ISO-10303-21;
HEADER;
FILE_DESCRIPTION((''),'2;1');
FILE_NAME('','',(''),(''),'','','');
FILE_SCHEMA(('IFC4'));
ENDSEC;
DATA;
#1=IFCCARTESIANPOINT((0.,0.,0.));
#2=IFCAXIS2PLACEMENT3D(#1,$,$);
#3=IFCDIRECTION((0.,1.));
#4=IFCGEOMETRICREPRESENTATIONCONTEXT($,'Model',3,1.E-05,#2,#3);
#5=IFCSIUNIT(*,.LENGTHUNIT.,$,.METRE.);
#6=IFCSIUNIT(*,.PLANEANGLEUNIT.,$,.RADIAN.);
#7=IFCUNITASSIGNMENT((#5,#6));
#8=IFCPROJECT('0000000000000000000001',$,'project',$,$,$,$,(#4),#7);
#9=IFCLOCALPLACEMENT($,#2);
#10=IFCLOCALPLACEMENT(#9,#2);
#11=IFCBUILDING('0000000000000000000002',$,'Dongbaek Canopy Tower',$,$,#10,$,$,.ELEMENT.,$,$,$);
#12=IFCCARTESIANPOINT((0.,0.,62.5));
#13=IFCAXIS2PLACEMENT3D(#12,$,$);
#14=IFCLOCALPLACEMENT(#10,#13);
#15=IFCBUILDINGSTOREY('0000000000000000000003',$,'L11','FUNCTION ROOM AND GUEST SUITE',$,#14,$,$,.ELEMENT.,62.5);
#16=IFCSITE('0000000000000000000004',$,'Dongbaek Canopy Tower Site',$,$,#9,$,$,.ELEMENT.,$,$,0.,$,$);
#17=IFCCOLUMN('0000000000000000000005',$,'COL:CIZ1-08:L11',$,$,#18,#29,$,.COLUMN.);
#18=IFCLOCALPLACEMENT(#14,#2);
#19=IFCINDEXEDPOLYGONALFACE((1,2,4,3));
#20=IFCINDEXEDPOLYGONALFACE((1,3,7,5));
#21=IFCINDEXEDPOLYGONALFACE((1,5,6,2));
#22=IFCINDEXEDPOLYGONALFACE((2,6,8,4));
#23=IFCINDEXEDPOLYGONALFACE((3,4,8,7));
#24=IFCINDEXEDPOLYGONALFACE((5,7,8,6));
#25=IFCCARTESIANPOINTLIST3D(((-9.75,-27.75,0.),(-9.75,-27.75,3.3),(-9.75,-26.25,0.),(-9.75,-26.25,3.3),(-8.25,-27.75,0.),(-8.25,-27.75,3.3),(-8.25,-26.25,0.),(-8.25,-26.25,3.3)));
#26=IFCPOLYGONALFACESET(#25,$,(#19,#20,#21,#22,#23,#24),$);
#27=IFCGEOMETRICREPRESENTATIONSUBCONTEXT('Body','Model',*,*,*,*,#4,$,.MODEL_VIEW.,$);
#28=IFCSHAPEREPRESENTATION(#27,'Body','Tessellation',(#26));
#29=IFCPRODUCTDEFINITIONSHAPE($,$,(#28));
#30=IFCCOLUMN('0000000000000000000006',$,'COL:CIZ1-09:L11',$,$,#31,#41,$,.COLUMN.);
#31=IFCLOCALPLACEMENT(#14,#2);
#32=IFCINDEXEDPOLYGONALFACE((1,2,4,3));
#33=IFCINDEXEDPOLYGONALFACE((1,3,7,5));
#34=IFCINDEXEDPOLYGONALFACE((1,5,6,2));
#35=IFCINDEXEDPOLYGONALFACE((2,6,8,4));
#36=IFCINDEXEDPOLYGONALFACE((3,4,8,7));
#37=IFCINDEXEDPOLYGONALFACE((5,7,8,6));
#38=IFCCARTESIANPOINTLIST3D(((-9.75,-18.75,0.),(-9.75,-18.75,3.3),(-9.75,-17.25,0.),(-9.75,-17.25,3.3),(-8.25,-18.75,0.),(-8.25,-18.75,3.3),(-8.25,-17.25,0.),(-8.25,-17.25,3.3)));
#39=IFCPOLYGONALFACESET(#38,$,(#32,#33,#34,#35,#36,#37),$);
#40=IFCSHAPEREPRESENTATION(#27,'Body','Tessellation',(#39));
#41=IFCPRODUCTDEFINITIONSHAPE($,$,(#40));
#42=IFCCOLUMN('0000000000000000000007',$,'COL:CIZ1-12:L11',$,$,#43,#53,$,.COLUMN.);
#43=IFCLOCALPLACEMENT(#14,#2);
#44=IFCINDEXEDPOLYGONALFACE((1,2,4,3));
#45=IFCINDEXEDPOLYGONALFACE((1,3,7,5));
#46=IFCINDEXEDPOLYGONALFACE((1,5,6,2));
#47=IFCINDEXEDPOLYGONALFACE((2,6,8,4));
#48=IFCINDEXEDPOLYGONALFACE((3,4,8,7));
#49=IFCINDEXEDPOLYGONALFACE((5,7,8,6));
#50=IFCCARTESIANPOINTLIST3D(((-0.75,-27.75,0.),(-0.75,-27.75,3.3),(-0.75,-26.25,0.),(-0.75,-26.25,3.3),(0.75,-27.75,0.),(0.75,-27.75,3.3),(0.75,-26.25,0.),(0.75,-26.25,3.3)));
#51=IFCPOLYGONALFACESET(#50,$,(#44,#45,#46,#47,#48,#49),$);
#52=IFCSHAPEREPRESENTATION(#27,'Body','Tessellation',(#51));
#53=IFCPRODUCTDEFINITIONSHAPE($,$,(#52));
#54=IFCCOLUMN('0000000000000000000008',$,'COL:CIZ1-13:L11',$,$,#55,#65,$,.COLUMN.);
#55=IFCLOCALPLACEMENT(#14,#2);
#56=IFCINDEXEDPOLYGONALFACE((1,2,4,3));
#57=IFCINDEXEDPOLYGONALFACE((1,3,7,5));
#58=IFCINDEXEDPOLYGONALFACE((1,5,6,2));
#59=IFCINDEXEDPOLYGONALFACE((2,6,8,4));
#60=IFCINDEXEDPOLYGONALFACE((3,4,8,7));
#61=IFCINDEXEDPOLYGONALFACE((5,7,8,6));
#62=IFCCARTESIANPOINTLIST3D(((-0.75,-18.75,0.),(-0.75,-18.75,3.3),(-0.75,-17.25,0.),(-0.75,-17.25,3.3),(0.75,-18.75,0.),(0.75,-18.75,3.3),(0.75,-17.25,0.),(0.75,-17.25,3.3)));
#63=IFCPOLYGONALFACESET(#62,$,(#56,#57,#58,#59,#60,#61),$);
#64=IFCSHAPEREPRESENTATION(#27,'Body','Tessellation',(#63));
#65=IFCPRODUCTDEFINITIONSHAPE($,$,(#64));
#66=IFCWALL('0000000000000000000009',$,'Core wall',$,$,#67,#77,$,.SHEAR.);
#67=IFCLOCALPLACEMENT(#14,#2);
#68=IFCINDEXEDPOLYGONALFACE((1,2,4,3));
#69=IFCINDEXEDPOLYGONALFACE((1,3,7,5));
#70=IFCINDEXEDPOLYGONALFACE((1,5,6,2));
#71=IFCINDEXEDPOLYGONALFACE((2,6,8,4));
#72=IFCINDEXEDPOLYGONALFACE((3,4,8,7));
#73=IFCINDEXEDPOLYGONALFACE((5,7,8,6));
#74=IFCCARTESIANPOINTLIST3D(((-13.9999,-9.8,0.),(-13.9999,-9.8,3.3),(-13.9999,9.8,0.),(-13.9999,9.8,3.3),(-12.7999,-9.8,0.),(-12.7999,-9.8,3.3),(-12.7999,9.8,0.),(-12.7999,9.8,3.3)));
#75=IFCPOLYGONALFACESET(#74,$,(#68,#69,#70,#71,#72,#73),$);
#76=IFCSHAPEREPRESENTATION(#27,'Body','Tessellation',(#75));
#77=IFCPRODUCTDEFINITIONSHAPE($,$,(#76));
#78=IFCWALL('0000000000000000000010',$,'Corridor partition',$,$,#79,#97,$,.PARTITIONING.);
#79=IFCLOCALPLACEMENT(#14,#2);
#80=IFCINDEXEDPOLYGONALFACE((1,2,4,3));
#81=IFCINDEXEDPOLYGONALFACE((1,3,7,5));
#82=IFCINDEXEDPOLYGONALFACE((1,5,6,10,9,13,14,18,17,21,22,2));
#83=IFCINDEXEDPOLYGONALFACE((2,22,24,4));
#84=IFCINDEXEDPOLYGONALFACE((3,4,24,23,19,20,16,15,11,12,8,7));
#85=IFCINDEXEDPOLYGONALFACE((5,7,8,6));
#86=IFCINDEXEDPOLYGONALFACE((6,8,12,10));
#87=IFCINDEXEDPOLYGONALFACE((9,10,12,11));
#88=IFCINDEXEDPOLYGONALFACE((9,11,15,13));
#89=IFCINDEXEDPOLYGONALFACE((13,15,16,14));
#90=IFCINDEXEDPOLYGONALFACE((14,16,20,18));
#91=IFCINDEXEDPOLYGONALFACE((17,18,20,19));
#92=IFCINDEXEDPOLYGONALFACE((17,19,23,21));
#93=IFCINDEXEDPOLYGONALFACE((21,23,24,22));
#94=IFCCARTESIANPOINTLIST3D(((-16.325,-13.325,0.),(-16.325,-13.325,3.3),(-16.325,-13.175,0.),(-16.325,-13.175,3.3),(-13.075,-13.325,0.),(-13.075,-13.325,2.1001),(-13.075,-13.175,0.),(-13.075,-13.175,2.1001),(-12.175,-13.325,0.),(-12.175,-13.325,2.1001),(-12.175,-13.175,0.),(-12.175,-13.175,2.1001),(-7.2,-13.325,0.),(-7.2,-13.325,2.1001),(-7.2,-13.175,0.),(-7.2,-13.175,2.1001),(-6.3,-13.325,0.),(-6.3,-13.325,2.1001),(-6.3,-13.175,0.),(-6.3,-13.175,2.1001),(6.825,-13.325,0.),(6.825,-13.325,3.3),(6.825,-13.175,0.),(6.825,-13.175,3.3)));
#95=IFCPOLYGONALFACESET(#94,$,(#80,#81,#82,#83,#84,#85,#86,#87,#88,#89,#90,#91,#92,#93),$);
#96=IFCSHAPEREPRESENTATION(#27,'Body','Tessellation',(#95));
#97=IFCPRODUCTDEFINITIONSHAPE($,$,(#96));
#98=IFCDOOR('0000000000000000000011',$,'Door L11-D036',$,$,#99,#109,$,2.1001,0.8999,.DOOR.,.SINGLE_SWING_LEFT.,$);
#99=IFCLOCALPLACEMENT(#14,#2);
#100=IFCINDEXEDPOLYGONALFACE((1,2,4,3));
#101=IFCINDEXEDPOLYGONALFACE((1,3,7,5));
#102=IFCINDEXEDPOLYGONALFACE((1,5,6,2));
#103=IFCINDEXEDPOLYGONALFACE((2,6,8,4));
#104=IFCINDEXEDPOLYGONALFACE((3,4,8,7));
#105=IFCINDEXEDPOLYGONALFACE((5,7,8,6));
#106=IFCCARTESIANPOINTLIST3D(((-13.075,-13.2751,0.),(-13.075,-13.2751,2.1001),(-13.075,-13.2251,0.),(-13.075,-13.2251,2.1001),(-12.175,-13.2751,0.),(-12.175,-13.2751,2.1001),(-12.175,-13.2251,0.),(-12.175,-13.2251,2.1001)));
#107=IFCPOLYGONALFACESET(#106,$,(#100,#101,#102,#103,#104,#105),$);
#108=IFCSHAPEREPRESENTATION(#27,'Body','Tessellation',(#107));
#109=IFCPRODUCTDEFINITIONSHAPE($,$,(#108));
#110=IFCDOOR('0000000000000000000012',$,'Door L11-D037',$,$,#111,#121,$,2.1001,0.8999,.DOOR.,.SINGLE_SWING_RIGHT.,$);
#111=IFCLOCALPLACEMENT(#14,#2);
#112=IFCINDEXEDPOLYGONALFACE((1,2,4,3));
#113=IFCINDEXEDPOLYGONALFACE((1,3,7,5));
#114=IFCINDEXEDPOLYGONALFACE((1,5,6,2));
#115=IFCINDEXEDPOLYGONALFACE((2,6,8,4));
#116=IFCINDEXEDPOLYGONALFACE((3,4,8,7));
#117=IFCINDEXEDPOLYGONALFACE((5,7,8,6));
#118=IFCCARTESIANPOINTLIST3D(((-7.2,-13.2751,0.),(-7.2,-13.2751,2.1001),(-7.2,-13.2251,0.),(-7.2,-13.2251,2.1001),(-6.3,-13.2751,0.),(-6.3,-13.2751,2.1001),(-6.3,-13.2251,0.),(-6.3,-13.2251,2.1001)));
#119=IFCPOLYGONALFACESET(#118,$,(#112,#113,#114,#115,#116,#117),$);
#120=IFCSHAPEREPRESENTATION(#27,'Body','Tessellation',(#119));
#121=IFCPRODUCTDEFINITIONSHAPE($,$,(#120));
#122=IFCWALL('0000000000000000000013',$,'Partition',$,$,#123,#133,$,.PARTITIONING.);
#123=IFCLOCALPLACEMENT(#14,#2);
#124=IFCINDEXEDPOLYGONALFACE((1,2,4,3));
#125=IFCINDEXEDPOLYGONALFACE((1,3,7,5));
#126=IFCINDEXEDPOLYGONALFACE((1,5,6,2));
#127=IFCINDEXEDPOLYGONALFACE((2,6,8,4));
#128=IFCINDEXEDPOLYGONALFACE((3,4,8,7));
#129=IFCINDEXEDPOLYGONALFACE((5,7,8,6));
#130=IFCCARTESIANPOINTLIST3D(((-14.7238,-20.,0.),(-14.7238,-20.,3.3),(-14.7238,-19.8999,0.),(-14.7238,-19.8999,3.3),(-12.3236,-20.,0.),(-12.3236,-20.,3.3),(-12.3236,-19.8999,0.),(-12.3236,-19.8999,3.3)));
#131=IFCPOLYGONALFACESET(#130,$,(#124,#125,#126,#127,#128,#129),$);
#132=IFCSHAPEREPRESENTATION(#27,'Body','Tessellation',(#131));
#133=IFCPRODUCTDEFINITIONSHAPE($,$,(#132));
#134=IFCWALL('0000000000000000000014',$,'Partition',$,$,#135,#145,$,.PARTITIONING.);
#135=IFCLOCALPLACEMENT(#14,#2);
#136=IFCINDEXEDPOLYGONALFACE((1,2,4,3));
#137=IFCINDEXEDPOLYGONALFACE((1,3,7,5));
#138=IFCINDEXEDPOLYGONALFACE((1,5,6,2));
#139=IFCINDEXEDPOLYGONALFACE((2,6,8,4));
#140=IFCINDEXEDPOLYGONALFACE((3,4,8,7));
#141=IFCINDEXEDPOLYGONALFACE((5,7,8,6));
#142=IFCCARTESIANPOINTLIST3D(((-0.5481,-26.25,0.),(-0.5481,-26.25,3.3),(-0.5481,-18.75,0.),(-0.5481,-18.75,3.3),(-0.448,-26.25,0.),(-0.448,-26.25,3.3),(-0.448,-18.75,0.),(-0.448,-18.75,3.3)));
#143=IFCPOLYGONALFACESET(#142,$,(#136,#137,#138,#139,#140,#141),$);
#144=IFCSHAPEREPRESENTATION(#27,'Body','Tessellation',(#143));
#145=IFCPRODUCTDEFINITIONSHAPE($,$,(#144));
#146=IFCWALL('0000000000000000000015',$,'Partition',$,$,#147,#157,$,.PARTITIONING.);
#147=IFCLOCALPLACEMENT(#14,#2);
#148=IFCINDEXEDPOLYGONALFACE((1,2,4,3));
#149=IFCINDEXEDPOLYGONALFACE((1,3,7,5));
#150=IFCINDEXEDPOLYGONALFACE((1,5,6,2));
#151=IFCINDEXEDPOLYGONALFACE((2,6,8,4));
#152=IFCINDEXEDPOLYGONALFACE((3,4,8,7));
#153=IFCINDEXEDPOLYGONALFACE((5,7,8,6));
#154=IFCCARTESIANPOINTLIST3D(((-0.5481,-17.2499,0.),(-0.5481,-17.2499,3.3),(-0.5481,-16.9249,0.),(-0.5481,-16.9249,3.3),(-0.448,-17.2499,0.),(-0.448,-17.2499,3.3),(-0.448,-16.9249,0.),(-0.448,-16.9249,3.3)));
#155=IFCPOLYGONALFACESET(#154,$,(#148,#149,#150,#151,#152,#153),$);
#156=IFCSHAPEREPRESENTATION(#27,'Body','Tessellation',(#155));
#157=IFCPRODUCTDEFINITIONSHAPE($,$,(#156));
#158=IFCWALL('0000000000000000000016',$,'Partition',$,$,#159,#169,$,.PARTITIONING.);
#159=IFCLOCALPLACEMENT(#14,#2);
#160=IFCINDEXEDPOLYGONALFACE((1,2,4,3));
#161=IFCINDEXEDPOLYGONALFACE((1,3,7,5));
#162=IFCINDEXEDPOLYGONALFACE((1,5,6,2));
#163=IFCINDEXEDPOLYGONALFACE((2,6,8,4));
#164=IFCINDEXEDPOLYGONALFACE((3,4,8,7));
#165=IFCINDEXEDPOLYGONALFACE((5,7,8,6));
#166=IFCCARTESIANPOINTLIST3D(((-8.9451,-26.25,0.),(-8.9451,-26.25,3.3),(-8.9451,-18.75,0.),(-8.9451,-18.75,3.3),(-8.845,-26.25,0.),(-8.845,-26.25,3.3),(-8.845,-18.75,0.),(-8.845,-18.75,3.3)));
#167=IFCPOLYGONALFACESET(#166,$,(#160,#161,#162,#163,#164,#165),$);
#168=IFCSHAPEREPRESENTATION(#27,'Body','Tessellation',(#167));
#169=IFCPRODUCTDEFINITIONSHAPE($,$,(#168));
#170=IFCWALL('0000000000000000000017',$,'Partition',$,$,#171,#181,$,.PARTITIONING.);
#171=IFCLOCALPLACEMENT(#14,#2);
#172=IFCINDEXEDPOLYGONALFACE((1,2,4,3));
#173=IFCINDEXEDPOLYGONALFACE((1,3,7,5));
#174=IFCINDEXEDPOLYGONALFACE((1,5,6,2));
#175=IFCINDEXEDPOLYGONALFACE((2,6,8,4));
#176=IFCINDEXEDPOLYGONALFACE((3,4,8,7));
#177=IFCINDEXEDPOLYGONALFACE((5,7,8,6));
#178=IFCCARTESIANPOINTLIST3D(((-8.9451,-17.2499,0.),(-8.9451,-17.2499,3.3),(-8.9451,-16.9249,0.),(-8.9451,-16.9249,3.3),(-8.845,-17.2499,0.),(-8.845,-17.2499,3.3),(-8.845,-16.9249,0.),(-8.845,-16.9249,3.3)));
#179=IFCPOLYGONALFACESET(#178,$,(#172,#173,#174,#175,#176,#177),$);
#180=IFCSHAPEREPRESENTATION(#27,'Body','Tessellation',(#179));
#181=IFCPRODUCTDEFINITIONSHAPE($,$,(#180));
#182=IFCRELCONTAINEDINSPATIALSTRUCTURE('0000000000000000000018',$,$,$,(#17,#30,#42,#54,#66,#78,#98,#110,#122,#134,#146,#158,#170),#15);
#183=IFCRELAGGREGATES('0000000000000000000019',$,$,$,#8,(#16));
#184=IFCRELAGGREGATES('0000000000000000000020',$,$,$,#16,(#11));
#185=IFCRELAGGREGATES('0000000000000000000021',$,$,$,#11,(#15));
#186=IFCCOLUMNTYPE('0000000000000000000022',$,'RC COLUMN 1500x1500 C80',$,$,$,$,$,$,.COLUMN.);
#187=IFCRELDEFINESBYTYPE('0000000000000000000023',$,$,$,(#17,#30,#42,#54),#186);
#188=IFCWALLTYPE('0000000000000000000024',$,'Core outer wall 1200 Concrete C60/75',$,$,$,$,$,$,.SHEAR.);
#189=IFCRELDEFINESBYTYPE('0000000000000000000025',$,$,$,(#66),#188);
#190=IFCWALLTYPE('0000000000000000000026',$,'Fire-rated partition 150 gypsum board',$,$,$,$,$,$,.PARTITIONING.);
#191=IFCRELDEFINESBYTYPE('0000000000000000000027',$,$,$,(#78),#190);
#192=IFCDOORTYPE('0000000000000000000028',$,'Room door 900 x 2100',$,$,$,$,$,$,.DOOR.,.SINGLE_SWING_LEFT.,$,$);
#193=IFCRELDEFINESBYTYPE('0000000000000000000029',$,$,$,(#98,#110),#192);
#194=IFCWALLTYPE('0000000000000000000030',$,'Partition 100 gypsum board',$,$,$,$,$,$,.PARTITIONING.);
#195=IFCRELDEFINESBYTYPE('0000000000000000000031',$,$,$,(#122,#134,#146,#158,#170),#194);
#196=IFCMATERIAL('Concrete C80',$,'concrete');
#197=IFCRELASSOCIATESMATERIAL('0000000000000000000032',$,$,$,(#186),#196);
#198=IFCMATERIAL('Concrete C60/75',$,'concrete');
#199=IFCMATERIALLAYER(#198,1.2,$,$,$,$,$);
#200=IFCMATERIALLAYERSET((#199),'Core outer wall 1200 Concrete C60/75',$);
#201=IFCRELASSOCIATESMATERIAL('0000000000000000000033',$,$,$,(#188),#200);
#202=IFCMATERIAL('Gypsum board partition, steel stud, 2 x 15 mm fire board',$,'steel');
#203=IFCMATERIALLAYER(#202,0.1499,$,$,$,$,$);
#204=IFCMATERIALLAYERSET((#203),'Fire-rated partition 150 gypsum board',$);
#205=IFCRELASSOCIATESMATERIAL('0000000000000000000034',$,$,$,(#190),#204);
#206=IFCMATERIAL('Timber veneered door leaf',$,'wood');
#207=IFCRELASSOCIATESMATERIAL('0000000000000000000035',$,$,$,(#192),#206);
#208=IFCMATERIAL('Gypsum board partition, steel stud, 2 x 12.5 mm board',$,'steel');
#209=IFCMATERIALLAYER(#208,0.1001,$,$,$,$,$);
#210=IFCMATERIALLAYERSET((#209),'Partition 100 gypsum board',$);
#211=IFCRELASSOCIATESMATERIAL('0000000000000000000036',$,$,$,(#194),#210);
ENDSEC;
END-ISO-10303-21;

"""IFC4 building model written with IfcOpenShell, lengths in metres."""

from ifc_helpers import new_model, si_unit, direction, frame, frame_2d, origin, origin_2d, place, context, subcontext, project, spatial, rectangle, extrude, material, layer, layer_set, material_profile, profile_set, type_object, element, fill, save


model = new_model("IFC4")

# Units and contexts
model_context = context("Model", 3, precision=1e-05, world=origin(), true_north=direction((0.0, 1.0)))
body_context = subcontext(model_context, "Body", "Model", "MODEL_VIEW")
ifc_project = project(units=[si_unit("LENGTHUNIT", "METRE"), si_unit("PLANEANGLEUNIT", "RADIAN")], contexts=[model_context])

# Site, building, storey
site_placement = place(None, origin())
site = spatial("IfcSite", under=ifc_project, at=site_placement, Name="Dongbaek Canopy Tower Site", CompositionType="ELEMENT", RefElevation=0.0)
building_placement = place(site_placement, origin())
building = spatial("IfcBuilding", under=site, at=building_placement, Name="Dongbaek Canopy Tower", CompositionType="ELEMENT")
storey_placement = place(building_placement, frame((0.0, 0.0, 62.5)))
storey = spatial("IfcBuildingStorey", under=building, at=storey_placement, Name="L11", Description="FUNCTION ROOM AND GUEST SUITE", CompositionType="ELEMENT", Elevation=62.5)

# Columns
ifc_material_1 = material(Name="Concrete C80", Category="concrete")
ifc_material_profile = material_profile(ifc_material_1, rectangle(XDim=1.5, YDim=1.5, at=origin_2d()), Name="RC COLUMN 1500x1500 C80")
ifc_profile_set = profile_set([ifc_material_profile], Name="Concrete C80")
column_type = type_object("IfcColumnType", Name="RC COLUMN 1500x1500 C80", PredefinedType="COLUMN", material=ifc_profile_set)
for number, where, z_axis, x_axis, name in (
    (1, (-9.0, -27.0, 0.0), (0.0, 0.0, 1.0), (1.0, 0.0, 0.0), "COL:CIZ1-08:L11"),
    (2, (-9.0, -18.0, 0.0), (0.0, 0.0, 1.0), (1.0, 0.0, 0.0), "COL:CIZ1-09:L11"),
    (3, (0.0, -27.0, 0.0), (0.0, 0.0, 1.0), (1.0, 0.0, 0.0), "COL:CIZ1-12:L11"),
    (4, (0.0, -18.0, 0.0), (0.0, 0.0, 1.0), (1.0, 0.0, 0.0), "COL:CIZ1-13:L11"),
):
    element("IfcColumn", number, at=place(storey_placement, frame(where, z_axis=z_axis, x_axis=x_axis)), inside=storey, type_object=column_type, Name=name, PredefinedType="COLUMN", context=body_context, shape_type="SweptSolid", body=[
        extrude(rectangle(XDim=1.5, YDim=1.5, at=origin_2d()), origin(), (0.0, 0.0, 1.0), 3.3),
    ])

# Wall
ifc_material_2 = material(Name="Concrete C60/75", Category="concrete")
ifc_layer_1 = layer(ifc_material_2, 1.2)
ifc_layer_set_1 = layer_set([ifc_layer_1], Name="Core outer wall 1200 Concrete C60/75")
wall_type_1 = type_object("IfcWallType", Name="Core outer wall 1200 Concrete C60/75", PredefinedType="SHEAR", material=ifc_layer_set_1)
wall_1_placement = place(storey_placement, frame((-13.3999, -9.8, 0.0), z_axis=(0.0, 0.0, 1.0), x_axis=(0.0, 1.0, 0.0)))
element("IfcWall", 5, at=wall_1_placement, inside=storey, type_object=wall_type_1, Name="Core wall", PredefinedType="SHEAR", context=body_context, shape_type="SweptSolid", body=[
    extrude(rectangle(XDim=19.6001, YDim=1.2, at=frame_2d((9.8, 0.0))), origin(), (0.0, 0.0, 1.0), 3.3),
])

# Wall, openings, doors
ifc_material_3 = material(Name="Gypsum board partition, steel stud, 2 x 15 mm fire board", Category="steel")
ifc_layer_2 = layer(ifc_material_3, 0.1499)
ifc_layer_set_2 = layer_set([ifc_layer_2], Name="Fire-rated partition 150 gypsum board")
wall_type_2 = type_object("IfcWallType", Name="Fire-rated partition 150 gypsum board", PredefinedType="PARTITIONING", material=ifc_layer_set_2)
wall_2_placement = place(storey_placement, frame((-16.325, -13.25, 0.0), z_axis=(0.0, 0.0, 1.0), x_axis=(1.0, 0.0, 0.0)))
wall_2 = element("IfcWall", 6, at=wall_2_placement, inside=storey, type_object=wall_type_2, Name="Corridor partition", PredefinedType="PARTITIONING", context=body_context, shape_type="SweptSolid", body=[
    extrude(rectangle(XDim=23.1499, YDim=0.1499, at=frame_2d((11.575, 0.0))), origin(), (0.0, 0.0, 1.0), 3.3),
])
opening_1_placement = place(wall_2_placement, frame((3.25, 0.0, 0.0)))
opening_1 = element("IfcOpeningElement", 7, at=opening_1_placement, cuts=wall_2, PredefinedType="OPENING", context=body_context, shape_type="SweptSolid", body=[
    extrude(rectangle(XDim=0.8999, YDim=2.1001, at=frame_2d((0.45, 1.05))), frame((0.0, 0.085, 0.0), z_axis=(0.0, -1.0, 0.0), x_axis=(1.0, 0.0, 0.0)), (0.0, 0.0, 1.0), 0.1699),
])
opening_2_placement = place(wall_2_placement, frame((9.125, 0.0, 0.0)))
opening_2 = element("IfcOpeningElement", 8, at=opening_2_placement, cuts=wall_2, PredefinedType="OPENING", context=body_context, shape_type="SweptSolid", body=[
    extrude(rectangle(XDim=0.8999, YDim=2.1001, at=frame_2d((0.45, 1.05))), frame((0.0, 0.085, 0.0), z_axis=(0.0, -1.0, 0.0), x_axis=(1.0, 0.0, 0.0)), (0.0, 0.0, 1.0), 0.1699),
])
ifc_material_4 = material(Name="Timber veneered door leaf", Category="wood")
door_type_1 = type_object("IfcDoorType", Name="Room door 900 x 2100", OperationType="SINGLE_SWING_LEFT", PredefinedType="DOOR", material=ifc_material_4)
door_1_placement = place(opening_1_placement, origin())
door_1 = element("IfcDoor", 9, at=door_1_placement, inside=storey, type_object=door_type_1, Name="Door L11-D036", OperationType="SINGLE_SWING_LEFT", OverallHeight=2.1001, OverallWidth=0.8999, PredefinedType="DOOR", context=body_context, shape_type="SweptSolid", body=[
    extrude(rectangle(XDim=0.8999, YDim=2.1001, at=frame_2d((0.45, 1.05))), frame((0.0, 0.0249, 0.0), z_axis=(0.0, -1.0, 0.0), x_axis=(1.0, 0.0, 0.0)), (0.0, 0.0, 1.0), 0.05),
])
fill(opening_1, door_1)
door_2_placement = place(opening_2_placement, origin())
door_2 = element("IfcDoor", 10, at=door_2_placement, inside=storey, type_object=door_type_1, Name="Door L11-D037", OperationType="SINGLE_SWING_RIGHT", OverallHeight=2.1001, OverallWidth=0.8999, PredefinedType="DOOR", context=body_context, shape_type="SweptSolid", body=[
    extrude(rectangle(XDim=0.8999, YDim=2.1001, at=frame_2d((0.45, 1.05))), frame((0.0, 0.0249, 0.0), z_axis=(0.0, -1.0, 0.0), x_axis=(1.0, 0.0, 0.0)), (0.0, 0.0, 1.0), 0.05),
])
fill(opening_2, door_2)

# Walls
ifc_material_5 = material(Name="Gypsum board partition, steel stud, 2 x 12.5 mm board", Category="steel")
ifc_layer_3 = layer(ifc_material_5, 0.1001)
ifc_layer_set_3 = layer_set([ifc_layer_3], Name="Partition 100 gypsum board")
wall_type_3 = type_object("IfcWallType", Name="Partition 100 gypsum board", PredefinedType="PARTITIONING", material=ifc_layer_set_3)
wall_3_placement = place(storey_placement, frame((-14.7239, -19.95, 0.0), z_axis=(0.0, 0.0, 1.0), x_axis=(1.0, 0.0, 0.0)))
element("IfcWall", 11, at=wall_3_placement, inside=storey, type_object=wall_type_3, Name="Partition", PredefinedType="PARTITIONING", context=body_context, shape_type="SweptSolid", body=[
    extrude(rectangle(XDim=2.4001, YDim=0.1001, at=frame_2d((1.2002, 0.0))), origin(), (0.0, 0.0, 1.0), 3.3),
])
wall_4_placement = place(storey_placement, frame((-0.498, -26.25, 0.0), z_axis=(0.0, 0.0, 1.0), x_axis=(0.0, 1.0, 0.0)))
element("IfcWall", 12, at=wall_4_placement, inside=storey, type_object=wall_type_3, Name="Partition", PredefinedType="PARTITIONING", context=body_context, shape_type="SweptSolid", body=[
    extrude(rectangle(XDim=7.5, YDim=0.1001, at=frame_2d((3.75, 0.0))), origin(), (0.0, 0.0, 1.0), 3.3),
])
wall_5_placement = place(storey_placement, frame((-0.498, -17.25, 0.0), z_axis=(0.0, 0.0, 1.0), x_axis=(0.0, 1.0, 0.0)))
element("IfcWall", 13, at=wall_5_placement, inside=storey, type_object=wall_type_3, Name="Partition", PredefinedType="PARTITIONING", context=body_context, shape_type="SweptSolid", body=[
    extrude(rectangle(XDim=0.325, YDim=0.1001, at=frame_2d((0.1626, 0.0))), origin(), (0.0, 0.0, 1.0), 3.3),
])
wall_6_placement = place(storey_placement, frame((-8.895, -26.25, 0.0), z_axis=(0.0, 0.0, 1.0), x_axis=(0.0, 1.0, 0.0)))
element("IfcWall", 14, at=wall_6_placement, inside=storey, type_object=wall_type_3, Name="Partition", PredefinedType="PARTITIONING", context=body_context, shape_type="SweptSolid", body=[
    extrude(rectangle(XDim=7.5, YDim=0.1001, at=frame_2d((3.75, 0.0))), origin(), (0.0, 0.0, 1.0), 3.3),
])
wall_7_placement = place(storey_placement, frame((-8.895, -17.25, 0.0), z_axis=(0.0, 0.0, 1.0), x_axis=(0.0, 1.0, 0.0)))
element("IfcWall", 15, at=wall_7_placement, inside=storey, type_object=wall_type_3, Name="Partition", PredefinedType="PARTITIONING", context=body_context, shape_type="SweptSolid", body=[
    extrude(rectangle(XDim=0.325, YDim=0.1001, at=frame_2d((0.1626, 0.0))), origin(), (0.0, 0.0, 1.0), 3.3),
])

save(model, "model.ifc")
